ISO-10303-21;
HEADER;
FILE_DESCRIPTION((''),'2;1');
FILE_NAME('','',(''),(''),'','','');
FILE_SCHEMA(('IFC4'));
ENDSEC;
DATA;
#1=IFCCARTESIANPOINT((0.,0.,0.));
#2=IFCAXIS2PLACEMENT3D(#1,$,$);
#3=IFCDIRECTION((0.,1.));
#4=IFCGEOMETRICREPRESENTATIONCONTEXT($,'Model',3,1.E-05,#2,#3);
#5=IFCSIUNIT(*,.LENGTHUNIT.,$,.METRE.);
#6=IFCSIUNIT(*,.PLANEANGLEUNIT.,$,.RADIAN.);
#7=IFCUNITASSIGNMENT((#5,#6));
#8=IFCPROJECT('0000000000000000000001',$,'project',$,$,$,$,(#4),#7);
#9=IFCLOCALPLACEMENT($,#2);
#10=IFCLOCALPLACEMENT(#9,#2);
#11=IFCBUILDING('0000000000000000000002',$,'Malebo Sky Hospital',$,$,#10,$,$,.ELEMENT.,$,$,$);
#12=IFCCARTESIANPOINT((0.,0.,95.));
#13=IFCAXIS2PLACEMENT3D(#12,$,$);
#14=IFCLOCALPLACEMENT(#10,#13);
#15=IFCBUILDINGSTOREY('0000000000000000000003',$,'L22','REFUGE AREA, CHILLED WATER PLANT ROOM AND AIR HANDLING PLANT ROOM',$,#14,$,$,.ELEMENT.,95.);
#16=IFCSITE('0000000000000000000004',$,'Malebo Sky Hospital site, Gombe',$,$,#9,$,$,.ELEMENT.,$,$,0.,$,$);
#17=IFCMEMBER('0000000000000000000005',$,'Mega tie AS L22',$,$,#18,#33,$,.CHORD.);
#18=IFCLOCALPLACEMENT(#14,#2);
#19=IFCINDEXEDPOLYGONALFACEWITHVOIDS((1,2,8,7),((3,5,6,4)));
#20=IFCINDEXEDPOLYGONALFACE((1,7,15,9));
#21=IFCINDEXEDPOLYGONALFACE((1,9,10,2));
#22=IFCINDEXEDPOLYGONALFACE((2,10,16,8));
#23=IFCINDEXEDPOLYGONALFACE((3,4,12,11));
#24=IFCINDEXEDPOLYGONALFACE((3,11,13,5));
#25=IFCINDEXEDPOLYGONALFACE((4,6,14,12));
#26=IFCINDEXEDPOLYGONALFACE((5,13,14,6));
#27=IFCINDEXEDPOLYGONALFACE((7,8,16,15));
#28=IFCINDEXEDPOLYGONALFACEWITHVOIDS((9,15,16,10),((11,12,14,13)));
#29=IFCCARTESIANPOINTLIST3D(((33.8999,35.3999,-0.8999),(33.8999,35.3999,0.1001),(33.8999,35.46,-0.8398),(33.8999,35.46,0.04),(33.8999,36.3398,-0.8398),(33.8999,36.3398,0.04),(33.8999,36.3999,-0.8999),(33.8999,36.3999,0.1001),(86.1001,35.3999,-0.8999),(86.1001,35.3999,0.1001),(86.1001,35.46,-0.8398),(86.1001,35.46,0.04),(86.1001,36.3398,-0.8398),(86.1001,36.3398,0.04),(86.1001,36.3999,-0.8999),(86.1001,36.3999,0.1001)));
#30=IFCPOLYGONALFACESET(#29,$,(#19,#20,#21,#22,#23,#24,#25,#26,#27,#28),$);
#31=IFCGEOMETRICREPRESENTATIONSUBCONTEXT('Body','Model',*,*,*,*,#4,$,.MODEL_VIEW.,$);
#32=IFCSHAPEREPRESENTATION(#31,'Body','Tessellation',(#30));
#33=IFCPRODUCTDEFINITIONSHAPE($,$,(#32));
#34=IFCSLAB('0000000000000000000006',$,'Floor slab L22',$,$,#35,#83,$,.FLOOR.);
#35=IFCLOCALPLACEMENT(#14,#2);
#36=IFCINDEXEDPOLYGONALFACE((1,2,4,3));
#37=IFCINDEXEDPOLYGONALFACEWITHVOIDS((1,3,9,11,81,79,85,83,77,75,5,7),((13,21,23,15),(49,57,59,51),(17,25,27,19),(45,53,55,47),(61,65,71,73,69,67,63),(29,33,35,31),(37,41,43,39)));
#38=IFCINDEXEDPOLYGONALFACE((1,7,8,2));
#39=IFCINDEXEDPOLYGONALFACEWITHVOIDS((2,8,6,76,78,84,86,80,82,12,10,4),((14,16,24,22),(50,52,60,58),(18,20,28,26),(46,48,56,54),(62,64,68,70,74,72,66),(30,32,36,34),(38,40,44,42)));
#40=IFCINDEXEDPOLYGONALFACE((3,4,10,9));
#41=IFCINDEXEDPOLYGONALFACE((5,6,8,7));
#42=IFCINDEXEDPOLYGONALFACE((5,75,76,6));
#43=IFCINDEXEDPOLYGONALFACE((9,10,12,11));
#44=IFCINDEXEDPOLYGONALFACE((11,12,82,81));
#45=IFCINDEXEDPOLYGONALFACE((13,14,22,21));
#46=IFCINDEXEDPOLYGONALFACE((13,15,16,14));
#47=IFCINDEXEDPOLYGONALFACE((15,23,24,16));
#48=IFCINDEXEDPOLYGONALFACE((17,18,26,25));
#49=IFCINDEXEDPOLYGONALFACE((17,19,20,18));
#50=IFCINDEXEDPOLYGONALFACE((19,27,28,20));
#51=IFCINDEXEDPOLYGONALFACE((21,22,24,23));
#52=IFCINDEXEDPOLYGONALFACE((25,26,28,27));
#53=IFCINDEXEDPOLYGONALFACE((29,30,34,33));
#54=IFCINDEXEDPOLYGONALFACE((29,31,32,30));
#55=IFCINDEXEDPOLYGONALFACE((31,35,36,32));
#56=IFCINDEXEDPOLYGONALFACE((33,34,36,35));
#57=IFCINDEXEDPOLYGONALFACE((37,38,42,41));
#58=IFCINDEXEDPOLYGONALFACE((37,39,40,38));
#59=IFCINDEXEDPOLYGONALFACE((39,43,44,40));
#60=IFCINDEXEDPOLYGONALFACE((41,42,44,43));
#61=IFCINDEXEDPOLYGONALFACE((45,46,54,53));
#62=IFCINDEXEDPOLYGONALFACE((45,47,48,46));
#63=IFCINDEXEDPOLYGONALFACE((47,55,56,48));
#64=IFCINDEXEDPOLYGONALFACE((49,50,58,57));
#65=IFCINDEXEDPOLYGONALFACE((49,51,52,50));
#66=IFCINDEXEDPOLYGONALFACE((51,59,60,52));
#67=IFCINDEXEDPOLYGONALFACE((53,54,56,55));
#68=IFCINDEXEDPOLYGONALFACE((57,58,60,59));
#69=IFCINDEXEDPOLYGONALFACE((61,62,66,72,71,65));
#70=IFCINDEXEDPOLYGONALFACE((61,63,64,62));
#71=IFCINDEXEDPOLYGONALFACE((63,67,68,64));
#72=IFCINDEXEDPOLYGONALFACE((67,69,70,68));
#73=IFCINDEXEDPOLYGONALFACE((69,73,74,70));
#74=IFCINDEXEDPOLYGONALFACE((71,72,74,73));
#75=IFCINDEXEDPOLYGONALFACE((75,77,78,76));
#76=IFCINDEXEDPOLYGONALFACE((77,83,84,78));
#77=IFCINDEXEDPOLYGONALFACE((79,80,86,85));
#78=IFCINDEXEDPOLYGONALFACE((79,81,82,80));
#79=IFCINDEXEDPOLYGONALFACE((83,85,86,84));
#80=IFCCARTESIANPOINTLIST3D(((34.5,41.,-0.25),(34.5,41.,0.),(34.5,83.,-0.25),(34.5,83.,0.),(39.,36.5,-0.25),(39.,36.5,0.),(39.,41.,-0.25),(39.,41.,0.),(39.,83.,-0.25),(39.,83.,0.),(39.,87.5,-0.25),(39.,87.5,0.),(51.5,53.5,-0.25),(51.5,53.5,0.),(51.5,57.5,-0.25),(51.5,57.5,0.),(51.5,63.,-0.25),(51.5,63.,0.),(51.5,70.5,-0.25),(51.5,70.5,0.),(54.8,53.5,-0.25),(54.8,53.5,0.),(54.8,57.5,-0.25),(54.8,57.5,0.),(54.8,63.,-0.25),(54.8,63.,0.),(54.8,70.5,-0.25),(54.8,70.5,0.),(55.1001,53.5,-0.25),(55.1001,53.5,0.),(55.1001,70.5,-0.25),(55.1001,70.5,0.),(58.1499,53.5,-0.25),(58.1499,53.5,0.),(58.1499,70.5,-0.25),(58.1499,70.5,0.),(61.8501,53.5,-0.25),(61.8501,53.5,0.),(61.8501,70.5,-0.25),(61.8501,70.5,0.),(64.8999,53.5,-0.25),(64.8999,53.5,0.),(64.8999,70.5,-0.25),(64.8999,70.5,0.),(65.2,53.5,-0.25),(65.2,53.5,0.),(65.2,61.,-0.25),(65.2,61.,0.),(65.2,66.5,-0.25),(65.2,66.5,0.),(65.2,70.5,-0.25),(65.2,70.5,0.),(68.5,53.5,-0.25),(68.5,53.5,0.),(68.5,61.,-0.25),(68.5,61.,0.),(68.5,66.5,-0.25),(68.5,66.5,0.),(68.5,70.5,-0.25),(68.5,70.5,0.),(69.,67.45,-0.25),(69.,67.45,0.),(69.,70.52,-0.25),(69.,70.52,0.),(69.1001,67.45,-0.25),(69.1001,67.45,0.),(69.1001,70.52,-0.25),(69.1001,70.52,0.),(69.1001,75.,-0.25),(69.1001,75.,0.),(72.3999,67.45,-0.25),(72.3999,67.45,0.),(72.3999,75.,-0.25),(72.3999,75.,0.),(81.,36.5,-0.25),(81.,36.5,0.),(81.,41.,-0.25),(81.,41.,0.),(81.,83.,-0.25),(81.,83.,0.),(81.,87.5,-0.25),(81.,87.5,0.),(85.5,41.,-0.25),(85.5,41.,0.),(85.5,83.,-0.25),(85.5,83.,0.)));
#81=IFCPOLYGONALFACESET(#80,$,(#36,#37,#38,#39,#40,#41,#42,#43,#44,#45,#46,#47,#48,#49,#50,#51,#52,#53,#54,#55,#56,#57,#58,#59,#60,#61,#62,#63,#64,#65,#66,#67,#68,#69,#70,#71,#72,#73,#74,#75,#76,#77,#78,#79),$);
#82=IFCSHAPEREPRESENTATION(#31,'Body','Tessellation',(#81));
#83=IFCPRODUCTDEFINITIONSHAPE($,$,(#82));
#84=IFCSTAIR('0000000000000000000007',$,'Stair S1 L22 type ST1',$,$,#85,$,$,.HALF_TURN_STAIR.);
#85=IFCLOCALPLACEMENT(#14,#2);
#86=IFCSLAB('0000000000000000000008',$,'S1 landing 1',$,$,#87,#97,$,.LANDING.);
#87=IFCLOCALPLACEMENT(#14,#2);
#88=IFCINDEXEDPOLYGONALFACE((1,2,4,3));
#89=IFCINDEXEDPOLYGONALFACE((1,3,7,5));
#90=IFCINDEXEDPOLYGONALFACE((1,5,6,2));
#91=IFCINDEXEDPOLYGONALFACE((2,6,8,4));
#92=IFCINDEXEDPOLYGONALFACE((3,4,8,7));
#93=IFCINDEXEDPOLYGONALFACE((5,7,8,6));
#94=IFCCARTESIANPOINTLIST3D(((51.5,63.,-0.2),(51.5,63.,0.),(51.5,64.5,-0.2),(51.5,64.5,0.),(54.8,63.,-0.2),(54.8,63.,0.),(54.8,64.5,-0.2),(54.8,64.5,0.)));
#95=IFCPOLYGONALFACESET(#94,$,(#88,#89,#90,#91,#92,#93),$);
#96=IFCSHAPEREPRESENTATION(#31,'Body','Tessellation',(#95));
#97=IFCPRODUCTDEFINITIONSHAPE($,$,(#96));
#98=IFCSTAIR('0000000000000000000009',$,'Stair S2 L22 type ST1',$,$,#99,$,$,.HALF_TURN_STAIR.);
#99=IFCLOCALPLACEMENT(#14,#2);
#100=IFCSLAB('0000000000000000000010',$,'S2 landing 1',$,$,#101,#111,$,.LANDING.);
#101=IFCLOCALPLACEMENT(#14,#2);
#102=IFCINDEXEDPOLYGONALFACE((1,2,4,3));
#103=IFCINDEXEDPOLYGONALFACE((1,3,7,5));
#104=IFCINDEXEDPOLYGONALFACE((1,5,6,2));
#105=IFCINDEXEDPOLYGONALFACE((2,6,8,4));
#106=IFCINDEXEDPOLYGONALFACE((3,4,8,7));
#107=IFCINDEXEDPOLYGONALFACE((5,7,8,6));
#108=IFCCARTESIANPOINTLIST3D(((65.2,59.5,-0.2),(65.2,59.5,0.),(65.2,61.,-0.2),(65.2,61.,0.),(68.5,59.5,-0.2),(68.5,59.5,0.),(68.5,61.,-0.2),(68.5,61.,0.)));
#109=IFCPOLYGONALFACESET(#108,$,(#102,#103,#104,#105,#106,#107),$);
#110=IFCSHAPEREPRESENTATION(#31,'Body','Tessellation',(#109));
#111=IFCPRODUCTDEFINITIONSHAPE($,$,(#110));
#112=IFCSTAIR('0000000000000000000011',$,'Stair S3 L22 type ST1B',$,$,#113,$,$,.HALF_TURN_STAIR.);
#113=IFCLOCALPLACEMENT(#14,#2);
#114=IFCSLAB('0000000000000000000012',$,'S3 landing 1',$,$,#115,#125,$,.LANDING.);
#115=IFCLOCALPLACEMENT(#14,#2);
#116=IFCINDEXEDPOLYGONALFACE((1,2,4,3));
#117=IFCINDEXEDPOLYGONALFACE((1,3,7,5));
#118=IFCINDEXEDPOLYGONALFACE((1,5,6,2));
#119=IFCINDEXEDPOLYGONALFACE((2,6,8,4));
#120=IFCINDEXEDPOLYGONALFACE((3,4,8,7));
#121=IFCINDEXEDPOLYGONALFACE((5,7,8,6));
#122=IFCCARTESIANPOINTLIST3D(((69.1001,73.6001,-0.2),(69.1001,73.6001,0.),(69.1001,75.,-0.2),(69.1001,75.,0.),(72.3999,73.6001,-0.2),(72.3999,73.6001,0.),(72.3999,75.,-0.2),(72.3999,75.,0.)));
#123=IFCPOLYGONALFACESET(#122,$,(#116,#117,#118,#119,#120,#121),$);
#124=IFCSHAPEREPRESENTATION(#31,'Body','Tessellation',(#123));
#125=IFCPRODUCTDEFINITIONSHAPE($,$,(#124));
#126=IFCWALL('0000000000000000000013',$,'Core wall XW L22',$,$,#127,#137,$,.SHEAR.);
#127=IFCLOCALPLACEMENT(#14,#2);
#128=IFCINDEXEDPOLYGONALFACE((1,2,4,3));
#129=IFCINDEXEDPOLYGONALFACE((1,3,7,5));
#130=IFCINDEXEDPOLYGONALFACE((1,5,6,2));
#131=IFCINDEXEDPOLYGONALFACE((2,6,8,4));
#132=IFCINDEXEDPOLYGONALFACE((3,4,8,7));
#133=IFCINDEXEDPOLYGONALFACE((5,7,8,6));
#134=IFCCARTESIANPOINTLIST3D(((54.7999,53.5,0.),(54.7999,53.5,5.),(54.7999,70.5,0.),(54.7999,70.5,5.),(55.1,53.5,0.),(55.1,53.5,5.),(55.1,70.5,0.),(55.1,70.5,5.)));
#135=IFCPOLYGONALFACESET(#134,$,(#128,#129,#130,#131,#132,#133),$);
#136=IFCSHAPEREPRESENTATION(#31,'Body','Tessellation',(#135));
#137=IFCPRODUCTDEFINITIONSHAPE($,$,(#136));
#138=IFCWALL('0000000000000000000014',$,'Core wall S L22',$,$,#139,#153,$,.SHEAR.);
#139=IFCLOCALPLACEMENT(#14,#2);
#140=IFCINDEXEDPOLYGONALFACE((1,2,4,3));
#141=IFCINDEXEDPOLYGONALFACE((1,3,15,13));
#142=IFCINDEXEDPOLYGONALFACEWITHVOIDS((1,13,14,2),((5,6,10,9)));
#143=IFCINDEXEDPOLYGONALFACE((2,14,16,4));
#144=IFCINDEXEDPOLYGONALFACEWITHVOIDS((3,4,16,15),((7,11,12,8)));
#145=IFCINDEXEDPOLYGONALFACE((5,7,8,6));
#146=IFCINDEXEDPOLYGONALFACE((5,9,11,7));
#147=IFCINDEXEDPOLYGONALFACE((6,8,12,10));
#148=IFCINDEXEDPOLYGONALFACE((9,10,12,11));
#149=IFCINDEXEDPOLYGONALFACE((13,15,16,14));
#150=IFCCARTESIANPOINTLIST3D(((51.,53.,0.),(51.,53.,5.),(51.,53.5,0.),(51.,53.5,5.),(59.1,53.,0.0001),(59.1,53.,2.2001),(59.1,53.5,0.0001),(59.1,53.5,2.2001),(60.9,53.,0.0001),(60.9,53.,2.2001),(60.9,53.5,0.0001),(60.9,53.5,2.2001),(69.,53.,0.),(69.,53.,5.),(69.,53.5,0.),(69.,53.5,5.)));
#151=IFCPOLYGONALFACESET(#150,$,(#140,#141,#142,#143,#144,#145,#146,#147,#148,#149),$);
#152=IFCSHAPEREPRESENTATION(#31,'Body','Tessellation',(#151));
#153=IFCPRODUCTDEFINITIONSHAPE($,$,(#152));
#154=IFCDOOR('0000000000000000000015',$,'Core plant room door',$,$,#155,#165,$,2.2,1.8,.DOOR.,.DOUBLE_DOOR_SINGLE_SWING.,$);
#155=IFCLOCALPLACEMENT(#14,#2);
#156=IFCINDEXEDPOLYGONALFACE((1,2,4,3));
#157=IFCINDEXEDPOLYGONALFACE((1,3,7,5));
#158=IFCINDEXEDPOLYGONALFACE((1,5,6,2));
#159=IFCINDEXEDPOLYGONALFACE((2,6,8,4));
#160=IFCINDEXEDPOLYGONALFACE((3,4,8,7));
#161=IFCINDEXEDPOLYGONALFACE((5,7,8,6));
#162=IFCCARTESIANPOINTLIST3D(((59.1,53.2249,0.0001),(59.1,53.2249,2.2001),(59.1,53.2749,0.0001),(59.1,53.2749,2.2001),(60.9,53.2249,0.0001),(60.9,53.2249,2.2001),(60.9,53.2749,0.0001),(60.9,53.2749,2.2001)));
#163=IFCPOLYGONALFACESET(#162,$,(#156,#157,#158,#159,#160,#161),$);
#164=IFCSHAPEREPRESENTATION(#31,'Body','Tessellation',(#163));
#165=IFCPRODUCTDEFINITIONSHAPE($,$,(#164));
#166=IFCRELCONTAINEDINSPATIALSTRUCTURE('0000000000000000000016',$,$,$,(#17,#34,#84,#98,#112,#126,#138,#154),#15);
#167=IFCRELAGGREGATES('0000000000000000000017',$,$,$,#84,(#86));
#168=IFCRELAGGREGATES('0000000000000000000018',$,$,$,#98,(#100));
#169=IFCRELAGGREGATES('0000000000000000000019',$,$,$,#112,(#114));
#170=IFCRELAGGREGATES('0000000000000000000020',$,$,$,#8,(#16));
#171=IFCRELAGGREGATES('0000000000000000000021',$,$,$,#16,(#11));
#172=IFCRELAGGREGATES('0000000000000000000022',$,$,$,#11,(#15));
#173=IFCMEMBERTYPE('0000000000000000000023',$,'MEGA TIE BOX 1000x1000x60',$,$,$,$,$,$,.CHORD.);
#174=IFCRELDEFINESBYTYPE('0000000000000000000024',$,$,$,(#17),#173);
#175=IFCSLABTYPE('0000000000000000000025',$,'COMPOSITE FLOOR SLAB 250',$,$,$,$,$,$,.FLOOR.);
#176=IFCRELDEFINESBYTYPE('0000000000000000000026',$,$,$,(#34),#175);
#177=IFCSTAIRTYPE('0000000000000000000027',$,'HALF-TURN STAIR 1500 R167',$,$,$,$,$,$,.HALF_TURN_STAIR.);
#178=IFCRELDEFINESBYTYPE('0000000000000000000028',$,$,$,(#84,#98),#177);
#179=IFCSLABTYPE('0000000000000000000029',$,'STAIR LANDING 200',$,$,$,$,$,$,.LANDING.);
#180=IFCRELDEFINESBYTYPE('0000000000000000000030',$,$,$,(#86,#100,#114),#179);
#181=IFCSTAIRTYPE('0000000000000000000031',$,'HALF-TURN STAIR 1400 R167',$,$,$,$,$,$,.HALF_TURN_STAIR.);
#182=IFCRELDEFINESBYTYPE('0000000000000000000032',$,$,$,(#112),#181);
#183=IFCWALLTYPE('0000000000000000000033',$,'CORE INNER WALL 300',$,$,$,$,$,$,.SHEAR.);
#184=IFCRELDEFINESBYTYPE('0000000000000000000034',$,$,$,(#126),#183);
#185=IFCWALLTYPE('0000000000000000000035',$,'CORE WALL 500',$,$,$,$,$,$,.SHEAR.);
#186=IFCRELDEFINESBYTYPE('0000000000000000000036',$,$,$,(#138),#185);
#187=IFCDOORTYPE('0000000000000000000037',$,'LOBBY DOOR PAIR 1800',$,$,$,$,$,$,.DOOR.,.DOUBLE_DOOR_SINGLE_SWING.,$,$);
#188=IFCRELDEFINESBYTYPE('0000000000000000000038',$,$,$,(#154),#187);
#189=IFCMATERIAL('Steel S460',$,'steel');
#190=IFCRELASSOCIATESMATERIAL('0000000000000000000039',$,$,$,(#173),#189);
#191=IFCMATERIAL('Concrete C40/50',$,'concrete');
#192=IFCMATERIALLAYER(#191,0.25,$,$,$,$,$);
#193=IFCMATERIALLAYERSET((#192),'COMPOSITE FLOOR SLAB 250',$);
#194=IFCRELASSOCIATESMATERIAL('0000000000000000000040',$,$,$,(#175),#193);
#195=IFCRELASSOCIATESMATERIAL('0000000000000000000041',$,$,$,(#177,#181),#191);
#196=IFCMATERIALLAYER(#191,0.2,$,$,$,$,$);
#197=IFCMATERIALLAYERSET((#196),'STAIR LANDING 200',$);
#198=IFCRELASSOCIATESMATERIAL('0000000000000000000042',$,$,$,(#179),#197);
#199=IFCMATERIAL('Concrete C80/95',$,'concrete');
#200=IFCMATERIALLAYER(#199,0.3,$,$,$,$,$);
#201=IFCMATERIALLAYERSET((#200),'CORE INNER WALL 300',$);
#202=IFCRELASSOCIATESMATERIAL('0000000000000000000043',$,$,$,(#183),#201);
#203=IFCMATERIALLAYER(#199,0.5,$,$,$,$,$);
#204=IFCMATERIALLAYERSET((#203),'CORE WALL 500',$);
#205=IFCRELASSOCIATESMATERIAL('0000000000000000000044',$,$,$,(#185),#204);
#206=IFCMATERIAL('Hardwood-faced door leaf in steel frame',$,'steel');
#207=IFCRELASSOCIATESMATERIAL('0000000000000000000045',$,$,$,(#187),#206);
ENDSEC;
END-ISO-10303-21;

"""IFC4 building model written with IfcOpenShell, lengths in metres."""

from ifc_helpers import new_model, si_unit, direction, frame, frame_2d, origin, origin_2d, place, context, subcontext, project, spatial, polyline, rectangle, hollow_rectangle, outline, extrude, material, layer, layer_set, material_profile, profile_set, type_object, element, fill, aggregate, save


model = new_model("IFC4")

# Units and contexts
model_context = context("Model", 3, precision=1e-05, world=origin(), true_north=direction((0.0, 1.0)))
body_context = subcontext(model_context, "Body", "Model", "MODEL_VIEW")
ifc_project = project(units=[si_unit("LENGTHUNIT", "METRE"), si_unit("PLANEANGLEUNIT", "RADIAN")], contexts=[model_context])

# Site, building, storey
site_placement = place(None, origin())
site = spatial("IfcSite", under=ifc_project, at=site_placement, Name="Malebo Sky Hospital site, Gombe", CompositionType="ELEMENT", RefElevation=0.0)
building_placement = place(site_placement, origin())
building = spatial("IfcBuilding", under=site, at=building_placement, Name="Malebo Sky Hospital", CompositionType="ELEMENT")
storey_placement = place(building_placement, frame((0.0, 0.0, 95.0)))
storey = spatial("IfcBuildingStorey", under=building, at=storey_placement, Name="L22", Description="REFUGE AREA, CHILLED WATER PLANT ROOM AND AIR HANDLING PLANT ROOM", CompositionType="ELEMENT", Elevation=95.0)

# Shared definitions
ifc_material_1 = material(Name="Steel S460", Category="steel")

# Member
ifc_material_profile_1 = material_profile(ifc_material_1, hollow_rectangle(XDim=1.0, YDim=1.0, WallThickness=0.0601, at=origin_2d()), Name="BOX 1000x1000x60")
ifc_profile_set_1 = profile_set([ifc_material_profile_1], Name="Steel S460")
member_type_1 = type_object("IfcMemberType", Name="MEGA TIE BOX 1000x1000x60", PredefinedType="CHORD", material=ifc_profile_set_1)
member_1_placement = place(storey_placement, frame((33.8999, 35.8999, -0.3999), z_axis=(1.0, 0.0, 0.0), x_axis=(0.0, 1.0, 0.0)))
element("IfcMember", 1, at=member_1_placement, inside=storey, type_object=member_type_1, Name="Mega tie AS L22", PredefinedType="CHORD", context=body_context, shape_type="SweptSolid", body=[
    extrude(hollow_rectangle(XDim=1.0, YDim=1.0, WallThickness=0.0601, at=origin_2d()), origin(), (0.0, 0.0, 1.0), 52.2002),
])

# Slab
ifc_material_2 = material(Name="Concrete C40/50", Category="concrete")
ifc_layer_1 = layer(ifc_material_2, 0.25)
ifc_layer_set_1 = layer_set([ifc_layer_1], Name="COMPOSITE FLOOR SLAB 250")
slab_type_1 = type_object("IfcSlabType", Name="COMPOSITE FLOOR SLAB 250", PredefinedType="FLOOR", material=ifc_layer_set_1)
slab_1_placement = place(storey_placement, frame((0.0, 0.0, -0.25)))
element("IfcSlab", 2, at=slab_1_placement, inside=storey, type_object=slab_type_1, Name="Floor slab L22", PredefinedType="FLOOR", context=body_context, shape_type="SweptSolid", body=[
    extrude(outline(polyline([(39.0, 87.5), (39.0, 83.0), (34.5, 83.0), (34.5, 41.0), (39.0, 41.0), (39.0, 36.5), (81.0, 36.5), (81.0, 41.0), (85.5, 41.0), (85.5, 83.0), (81.0, 83.0), (81.0, 87.5), (39.0, 87.5)]), holes=[polyline([(55.1001, 70.5), (58.1499, 70.5), (58.1499, 53.5), (55.1001, 53.5), (55.1001, 70.5)]), polyline([(64.8999, 70.5), (64.8999, 53.5), (61.8501, 53.5), (61.8501, 70.5), (64.8999, 70.5)]), polyline([(54.8, 63.0), (51.5, 63.0), (51.5, 70.5), (54.8, 70.5), (54.8, 63.0)]), polyline([(51.5, 53.5), (51.5, 57.5), (54.8, 57.5), (54.8, 53.5), (51.5, 53.5)]), polyline([(65.2, 61.0), (68.5, 61.0), (68.5, 53.5), (65.2, 53.5), (65.2, 61.0)]), polyline([(68.5, 70.5), (68.5, 66.5), (65.2, 66.5), (65.2, 70.5), (68.5, 70.5)]), polyline([(69.0, 67.45), (69.0, 70.52), (69.1001, 70.52), (69.1001, 75.0), (72.3999, 75.0), (72.3999, 67.45), (69.1001, 67.45), (69.0, 67.45)])]), origin(), (0.0, 0.0, 1.0), 0.25),
])

# Stairs, slabs
stair_type_1 = type_object("IfcStairType", Name="HALF-TURN STAIR 1500 R167", PredefinedType="HALF_TURN_STAIR", material=ifc_material_2)
stair_1_placement = place(storey_placement, origin())
stair_1 = element("IfcStair", 3, at=stair_1_placement, inside=storey, type_object=stair_type_1, Name="Stair S1 L22 type ST1", PredefinedType="HALF_TURN_STAIR")
ifc_layer_2 = layer(ifc_material_2, 0.2)
ifc_layer_set_2 = layer_set([ifc_layer_2], Name="STAIR LANDING 200")
slab_type_2 = type_object("IfcSlabType", Name="STAIR LANDING 200", PredefinedType="LANDING", material=ifc_layer_set_2)
slab_2_placement = place(storey_placement, frame((0.0, 0.0, -0.2)))
slab_2 = element("IfcSlab", 4, at=slab_2_placement, type_object=slab_type_2, Name="S1 landing 1", PredefinedType="LANDING", context=body_context, shape_type="SweptSolid", body=[
    extrude(outline(polyline([(51.5, 63.0), (54.8, 63.0), (54.8, 64.5), (51.5, 64.5), (51.5, 63.0)])), origin(), (0.0, 0.0, 1.0), 0.2),
])
aggregate(stair_1, [slab_2])
stair_2_placement = place(storey_placement, origin())
stair_2 = element("IfcStair", 5, at=stair_2_placement, inside=storey, type_object=stair_type_1, Name="Stair S2 L22 type ST1", PredefinedType="HALF_TURN_STAIR")
slab_3_placement = place(storey_placement, frame((0.0, 0.0, -0.2)))
slab_3 = element("IfcSlab", 6, at=slab_3_placement, type_object=slab_type_2, Name="S2 landing 1", PredefinedType="LANDING", context=body_context, shape_type="SweptSolid", body=[
    extrude(outline(polyline([(65.2, 59.5), (68.5, 59.5), (68.5, 61.0), (65.2, 61.0), (65.2, 59.5)])), origin(), (0.0, 0.0, 1.0), 0.2),
])
aggregate(stair_2, [slab_3])
stair_type_2 = type_object("IfcStairType", Name="HALF-TURN STAIR 1400 R167", PredefinedType="HALF_TURN_STAIR", material=ifc_material_2)
stair_3_placement = place(storey_placement, origin())
stair_3 = element("IfcStair", 7, at=stair_3_placement, inside=storey, type_object=stair_type_2, Name="Stair S3 L22 type ST1B", PredefinedType="HALF_TURN_STAIR")
slab_4_placement = place(storey_placement, frame((0.0, 0.0, -0.2)))
slab_4 = element("IfcSlab", 8, at=slab_4_placement, type_object=slab_type_2, Name="S3 landing 1", PredefinedType="LANDING", context=body_context, shape_type="SweptSolid", body=[
    extrude(outline(polyline([(69.1001, 73.6001), (72.3999, 73.6001), (72.3999, 75.0), (69.1001, 75.0), (69.1001, 73.6001)])), origin(), (0.0, 0.0, 1.0), 0.2),
])
aggregate(stair_3, [slab_4])

# Wall
ifc_material_3 = material(Name="Concrete C80/95", Category="concrete")
ifc_layer_3 = layer(ifc_material_3, 0.3)
ifc_layer_set_3 = layer_set([ifc_layer_3], Name="CORE INNER WALL 300")
wall_type_1 = type_object("IfcWallType", Name="CORE INNER WALL 300", PredefinedType="SHEAR", material=ifc_layer_set_3)
wall_1_placement = place(storey_placement, frame((54.95, 53.5, 0.0), z_axis=(0.0, 0.0, 1.0), x_axis=(0.0, 1.0, 0.0)))
element("IfcWall", 9, at=wall_1_placement, inside=storey, type_object=wall_type_1, Name="Core wall XW L22", PredefinedType="SHEAR", context=body_context, shape_type="SweptSolid", body=[
    extrude(rectangle(XDim=17.0, YDim=0.3, at=frame_2d((8.5, 0.0))), origin(), (0.0, 0.0, 1.0), 5.0),
])

# Wall, opening, door
ifc_layer_4 = layer(ifc_material_3, 0.5)
ifc_layer_set_4 = layer_set([ifc_layer_4], Name="CORE WALL 500")
wall_type_2 = type_object("IfcWallType", Name="CORE WALL 500", PredefinedType="SHEAR", material=ifc_layer_set_4)
wall_2_placement = place(storey_placement, frame((51.0, 53.25, 0.0), z_axis=(0.0, 0.0, 1.0), x_axis=(1.0, 0.0, 0.0)))
wall_2 = element("IfcWall", 10, at=wall_2_placement, inside=storey, type_object=wall_type_2, Name="Core wall S L22", PredefinedType="SHEAR", context=body_context, shape_type="SweptSolid", body=[
    extrude(rectangle(XDim=18.0, YDim=0.5, at=frame_2d((9.0, 0.0))), origin(), (0.0, 0.0, 1.0), 5.0),
])
opening_1_placement = place(wall_2_placement, frame((8.1001, 0.0, 0.0)))
opening_1 = element("IfcOpeningElement", 11, at=opening_1_placement, cuts=wall_2, PredefinedType="OPENING", context=body_context, shape_type="SweptSolid", body=[
    extrude(rectangle(XDim=1.8, YDim=2.2, at=frame_2d((0.8999, 1.1001))), frame((0.0, 0.26, 0.0), z_axis=(0.0, -1.0, 0.0), x_axis=(1.0, 0.0, 0.0)), (0.0, 0.0, 1.0), 0.52),
])
ifc_material_4 = material(Name="Hardwood-faced door leaf in steel frame", Category="steel")
door_type_1 = type_object("IfcDoorType", Name="LOBBY DOOR PAIR 1800", OperationType="DOUBLE_DOOR_SINGLE_SWING", PredefinedType="DOOR", material=ifc_material_4)
door_1_placement = place(opening_1_placement, origin())
door_1 = element("IfcDoor", 12, at=door_1_placement, inside=storey, type_object=door_type_1, Name="Core plant room door", OperationType="DOUBLE_DOOR_SINGLE_SWING", OverallHeight=2.2, OverallWidth=1.8, PredefinedType="DOOR", context=body_context, shape_type="SweptSolid", body=[
    extrude(rectangle(XDim=1.8, YDim=2.2, at=frame_2d((0.8999, 1.1001))), frame((0.0, 0.0249, 0.0), z_axis=(0.0, -1.0, 0.0), x_axis=(1.0, 0.0, 0.0)), (0.0, 0.0, 1.0), 0.05),
])
fill(opening_1, door_1)

save(model, "model.ifc")
